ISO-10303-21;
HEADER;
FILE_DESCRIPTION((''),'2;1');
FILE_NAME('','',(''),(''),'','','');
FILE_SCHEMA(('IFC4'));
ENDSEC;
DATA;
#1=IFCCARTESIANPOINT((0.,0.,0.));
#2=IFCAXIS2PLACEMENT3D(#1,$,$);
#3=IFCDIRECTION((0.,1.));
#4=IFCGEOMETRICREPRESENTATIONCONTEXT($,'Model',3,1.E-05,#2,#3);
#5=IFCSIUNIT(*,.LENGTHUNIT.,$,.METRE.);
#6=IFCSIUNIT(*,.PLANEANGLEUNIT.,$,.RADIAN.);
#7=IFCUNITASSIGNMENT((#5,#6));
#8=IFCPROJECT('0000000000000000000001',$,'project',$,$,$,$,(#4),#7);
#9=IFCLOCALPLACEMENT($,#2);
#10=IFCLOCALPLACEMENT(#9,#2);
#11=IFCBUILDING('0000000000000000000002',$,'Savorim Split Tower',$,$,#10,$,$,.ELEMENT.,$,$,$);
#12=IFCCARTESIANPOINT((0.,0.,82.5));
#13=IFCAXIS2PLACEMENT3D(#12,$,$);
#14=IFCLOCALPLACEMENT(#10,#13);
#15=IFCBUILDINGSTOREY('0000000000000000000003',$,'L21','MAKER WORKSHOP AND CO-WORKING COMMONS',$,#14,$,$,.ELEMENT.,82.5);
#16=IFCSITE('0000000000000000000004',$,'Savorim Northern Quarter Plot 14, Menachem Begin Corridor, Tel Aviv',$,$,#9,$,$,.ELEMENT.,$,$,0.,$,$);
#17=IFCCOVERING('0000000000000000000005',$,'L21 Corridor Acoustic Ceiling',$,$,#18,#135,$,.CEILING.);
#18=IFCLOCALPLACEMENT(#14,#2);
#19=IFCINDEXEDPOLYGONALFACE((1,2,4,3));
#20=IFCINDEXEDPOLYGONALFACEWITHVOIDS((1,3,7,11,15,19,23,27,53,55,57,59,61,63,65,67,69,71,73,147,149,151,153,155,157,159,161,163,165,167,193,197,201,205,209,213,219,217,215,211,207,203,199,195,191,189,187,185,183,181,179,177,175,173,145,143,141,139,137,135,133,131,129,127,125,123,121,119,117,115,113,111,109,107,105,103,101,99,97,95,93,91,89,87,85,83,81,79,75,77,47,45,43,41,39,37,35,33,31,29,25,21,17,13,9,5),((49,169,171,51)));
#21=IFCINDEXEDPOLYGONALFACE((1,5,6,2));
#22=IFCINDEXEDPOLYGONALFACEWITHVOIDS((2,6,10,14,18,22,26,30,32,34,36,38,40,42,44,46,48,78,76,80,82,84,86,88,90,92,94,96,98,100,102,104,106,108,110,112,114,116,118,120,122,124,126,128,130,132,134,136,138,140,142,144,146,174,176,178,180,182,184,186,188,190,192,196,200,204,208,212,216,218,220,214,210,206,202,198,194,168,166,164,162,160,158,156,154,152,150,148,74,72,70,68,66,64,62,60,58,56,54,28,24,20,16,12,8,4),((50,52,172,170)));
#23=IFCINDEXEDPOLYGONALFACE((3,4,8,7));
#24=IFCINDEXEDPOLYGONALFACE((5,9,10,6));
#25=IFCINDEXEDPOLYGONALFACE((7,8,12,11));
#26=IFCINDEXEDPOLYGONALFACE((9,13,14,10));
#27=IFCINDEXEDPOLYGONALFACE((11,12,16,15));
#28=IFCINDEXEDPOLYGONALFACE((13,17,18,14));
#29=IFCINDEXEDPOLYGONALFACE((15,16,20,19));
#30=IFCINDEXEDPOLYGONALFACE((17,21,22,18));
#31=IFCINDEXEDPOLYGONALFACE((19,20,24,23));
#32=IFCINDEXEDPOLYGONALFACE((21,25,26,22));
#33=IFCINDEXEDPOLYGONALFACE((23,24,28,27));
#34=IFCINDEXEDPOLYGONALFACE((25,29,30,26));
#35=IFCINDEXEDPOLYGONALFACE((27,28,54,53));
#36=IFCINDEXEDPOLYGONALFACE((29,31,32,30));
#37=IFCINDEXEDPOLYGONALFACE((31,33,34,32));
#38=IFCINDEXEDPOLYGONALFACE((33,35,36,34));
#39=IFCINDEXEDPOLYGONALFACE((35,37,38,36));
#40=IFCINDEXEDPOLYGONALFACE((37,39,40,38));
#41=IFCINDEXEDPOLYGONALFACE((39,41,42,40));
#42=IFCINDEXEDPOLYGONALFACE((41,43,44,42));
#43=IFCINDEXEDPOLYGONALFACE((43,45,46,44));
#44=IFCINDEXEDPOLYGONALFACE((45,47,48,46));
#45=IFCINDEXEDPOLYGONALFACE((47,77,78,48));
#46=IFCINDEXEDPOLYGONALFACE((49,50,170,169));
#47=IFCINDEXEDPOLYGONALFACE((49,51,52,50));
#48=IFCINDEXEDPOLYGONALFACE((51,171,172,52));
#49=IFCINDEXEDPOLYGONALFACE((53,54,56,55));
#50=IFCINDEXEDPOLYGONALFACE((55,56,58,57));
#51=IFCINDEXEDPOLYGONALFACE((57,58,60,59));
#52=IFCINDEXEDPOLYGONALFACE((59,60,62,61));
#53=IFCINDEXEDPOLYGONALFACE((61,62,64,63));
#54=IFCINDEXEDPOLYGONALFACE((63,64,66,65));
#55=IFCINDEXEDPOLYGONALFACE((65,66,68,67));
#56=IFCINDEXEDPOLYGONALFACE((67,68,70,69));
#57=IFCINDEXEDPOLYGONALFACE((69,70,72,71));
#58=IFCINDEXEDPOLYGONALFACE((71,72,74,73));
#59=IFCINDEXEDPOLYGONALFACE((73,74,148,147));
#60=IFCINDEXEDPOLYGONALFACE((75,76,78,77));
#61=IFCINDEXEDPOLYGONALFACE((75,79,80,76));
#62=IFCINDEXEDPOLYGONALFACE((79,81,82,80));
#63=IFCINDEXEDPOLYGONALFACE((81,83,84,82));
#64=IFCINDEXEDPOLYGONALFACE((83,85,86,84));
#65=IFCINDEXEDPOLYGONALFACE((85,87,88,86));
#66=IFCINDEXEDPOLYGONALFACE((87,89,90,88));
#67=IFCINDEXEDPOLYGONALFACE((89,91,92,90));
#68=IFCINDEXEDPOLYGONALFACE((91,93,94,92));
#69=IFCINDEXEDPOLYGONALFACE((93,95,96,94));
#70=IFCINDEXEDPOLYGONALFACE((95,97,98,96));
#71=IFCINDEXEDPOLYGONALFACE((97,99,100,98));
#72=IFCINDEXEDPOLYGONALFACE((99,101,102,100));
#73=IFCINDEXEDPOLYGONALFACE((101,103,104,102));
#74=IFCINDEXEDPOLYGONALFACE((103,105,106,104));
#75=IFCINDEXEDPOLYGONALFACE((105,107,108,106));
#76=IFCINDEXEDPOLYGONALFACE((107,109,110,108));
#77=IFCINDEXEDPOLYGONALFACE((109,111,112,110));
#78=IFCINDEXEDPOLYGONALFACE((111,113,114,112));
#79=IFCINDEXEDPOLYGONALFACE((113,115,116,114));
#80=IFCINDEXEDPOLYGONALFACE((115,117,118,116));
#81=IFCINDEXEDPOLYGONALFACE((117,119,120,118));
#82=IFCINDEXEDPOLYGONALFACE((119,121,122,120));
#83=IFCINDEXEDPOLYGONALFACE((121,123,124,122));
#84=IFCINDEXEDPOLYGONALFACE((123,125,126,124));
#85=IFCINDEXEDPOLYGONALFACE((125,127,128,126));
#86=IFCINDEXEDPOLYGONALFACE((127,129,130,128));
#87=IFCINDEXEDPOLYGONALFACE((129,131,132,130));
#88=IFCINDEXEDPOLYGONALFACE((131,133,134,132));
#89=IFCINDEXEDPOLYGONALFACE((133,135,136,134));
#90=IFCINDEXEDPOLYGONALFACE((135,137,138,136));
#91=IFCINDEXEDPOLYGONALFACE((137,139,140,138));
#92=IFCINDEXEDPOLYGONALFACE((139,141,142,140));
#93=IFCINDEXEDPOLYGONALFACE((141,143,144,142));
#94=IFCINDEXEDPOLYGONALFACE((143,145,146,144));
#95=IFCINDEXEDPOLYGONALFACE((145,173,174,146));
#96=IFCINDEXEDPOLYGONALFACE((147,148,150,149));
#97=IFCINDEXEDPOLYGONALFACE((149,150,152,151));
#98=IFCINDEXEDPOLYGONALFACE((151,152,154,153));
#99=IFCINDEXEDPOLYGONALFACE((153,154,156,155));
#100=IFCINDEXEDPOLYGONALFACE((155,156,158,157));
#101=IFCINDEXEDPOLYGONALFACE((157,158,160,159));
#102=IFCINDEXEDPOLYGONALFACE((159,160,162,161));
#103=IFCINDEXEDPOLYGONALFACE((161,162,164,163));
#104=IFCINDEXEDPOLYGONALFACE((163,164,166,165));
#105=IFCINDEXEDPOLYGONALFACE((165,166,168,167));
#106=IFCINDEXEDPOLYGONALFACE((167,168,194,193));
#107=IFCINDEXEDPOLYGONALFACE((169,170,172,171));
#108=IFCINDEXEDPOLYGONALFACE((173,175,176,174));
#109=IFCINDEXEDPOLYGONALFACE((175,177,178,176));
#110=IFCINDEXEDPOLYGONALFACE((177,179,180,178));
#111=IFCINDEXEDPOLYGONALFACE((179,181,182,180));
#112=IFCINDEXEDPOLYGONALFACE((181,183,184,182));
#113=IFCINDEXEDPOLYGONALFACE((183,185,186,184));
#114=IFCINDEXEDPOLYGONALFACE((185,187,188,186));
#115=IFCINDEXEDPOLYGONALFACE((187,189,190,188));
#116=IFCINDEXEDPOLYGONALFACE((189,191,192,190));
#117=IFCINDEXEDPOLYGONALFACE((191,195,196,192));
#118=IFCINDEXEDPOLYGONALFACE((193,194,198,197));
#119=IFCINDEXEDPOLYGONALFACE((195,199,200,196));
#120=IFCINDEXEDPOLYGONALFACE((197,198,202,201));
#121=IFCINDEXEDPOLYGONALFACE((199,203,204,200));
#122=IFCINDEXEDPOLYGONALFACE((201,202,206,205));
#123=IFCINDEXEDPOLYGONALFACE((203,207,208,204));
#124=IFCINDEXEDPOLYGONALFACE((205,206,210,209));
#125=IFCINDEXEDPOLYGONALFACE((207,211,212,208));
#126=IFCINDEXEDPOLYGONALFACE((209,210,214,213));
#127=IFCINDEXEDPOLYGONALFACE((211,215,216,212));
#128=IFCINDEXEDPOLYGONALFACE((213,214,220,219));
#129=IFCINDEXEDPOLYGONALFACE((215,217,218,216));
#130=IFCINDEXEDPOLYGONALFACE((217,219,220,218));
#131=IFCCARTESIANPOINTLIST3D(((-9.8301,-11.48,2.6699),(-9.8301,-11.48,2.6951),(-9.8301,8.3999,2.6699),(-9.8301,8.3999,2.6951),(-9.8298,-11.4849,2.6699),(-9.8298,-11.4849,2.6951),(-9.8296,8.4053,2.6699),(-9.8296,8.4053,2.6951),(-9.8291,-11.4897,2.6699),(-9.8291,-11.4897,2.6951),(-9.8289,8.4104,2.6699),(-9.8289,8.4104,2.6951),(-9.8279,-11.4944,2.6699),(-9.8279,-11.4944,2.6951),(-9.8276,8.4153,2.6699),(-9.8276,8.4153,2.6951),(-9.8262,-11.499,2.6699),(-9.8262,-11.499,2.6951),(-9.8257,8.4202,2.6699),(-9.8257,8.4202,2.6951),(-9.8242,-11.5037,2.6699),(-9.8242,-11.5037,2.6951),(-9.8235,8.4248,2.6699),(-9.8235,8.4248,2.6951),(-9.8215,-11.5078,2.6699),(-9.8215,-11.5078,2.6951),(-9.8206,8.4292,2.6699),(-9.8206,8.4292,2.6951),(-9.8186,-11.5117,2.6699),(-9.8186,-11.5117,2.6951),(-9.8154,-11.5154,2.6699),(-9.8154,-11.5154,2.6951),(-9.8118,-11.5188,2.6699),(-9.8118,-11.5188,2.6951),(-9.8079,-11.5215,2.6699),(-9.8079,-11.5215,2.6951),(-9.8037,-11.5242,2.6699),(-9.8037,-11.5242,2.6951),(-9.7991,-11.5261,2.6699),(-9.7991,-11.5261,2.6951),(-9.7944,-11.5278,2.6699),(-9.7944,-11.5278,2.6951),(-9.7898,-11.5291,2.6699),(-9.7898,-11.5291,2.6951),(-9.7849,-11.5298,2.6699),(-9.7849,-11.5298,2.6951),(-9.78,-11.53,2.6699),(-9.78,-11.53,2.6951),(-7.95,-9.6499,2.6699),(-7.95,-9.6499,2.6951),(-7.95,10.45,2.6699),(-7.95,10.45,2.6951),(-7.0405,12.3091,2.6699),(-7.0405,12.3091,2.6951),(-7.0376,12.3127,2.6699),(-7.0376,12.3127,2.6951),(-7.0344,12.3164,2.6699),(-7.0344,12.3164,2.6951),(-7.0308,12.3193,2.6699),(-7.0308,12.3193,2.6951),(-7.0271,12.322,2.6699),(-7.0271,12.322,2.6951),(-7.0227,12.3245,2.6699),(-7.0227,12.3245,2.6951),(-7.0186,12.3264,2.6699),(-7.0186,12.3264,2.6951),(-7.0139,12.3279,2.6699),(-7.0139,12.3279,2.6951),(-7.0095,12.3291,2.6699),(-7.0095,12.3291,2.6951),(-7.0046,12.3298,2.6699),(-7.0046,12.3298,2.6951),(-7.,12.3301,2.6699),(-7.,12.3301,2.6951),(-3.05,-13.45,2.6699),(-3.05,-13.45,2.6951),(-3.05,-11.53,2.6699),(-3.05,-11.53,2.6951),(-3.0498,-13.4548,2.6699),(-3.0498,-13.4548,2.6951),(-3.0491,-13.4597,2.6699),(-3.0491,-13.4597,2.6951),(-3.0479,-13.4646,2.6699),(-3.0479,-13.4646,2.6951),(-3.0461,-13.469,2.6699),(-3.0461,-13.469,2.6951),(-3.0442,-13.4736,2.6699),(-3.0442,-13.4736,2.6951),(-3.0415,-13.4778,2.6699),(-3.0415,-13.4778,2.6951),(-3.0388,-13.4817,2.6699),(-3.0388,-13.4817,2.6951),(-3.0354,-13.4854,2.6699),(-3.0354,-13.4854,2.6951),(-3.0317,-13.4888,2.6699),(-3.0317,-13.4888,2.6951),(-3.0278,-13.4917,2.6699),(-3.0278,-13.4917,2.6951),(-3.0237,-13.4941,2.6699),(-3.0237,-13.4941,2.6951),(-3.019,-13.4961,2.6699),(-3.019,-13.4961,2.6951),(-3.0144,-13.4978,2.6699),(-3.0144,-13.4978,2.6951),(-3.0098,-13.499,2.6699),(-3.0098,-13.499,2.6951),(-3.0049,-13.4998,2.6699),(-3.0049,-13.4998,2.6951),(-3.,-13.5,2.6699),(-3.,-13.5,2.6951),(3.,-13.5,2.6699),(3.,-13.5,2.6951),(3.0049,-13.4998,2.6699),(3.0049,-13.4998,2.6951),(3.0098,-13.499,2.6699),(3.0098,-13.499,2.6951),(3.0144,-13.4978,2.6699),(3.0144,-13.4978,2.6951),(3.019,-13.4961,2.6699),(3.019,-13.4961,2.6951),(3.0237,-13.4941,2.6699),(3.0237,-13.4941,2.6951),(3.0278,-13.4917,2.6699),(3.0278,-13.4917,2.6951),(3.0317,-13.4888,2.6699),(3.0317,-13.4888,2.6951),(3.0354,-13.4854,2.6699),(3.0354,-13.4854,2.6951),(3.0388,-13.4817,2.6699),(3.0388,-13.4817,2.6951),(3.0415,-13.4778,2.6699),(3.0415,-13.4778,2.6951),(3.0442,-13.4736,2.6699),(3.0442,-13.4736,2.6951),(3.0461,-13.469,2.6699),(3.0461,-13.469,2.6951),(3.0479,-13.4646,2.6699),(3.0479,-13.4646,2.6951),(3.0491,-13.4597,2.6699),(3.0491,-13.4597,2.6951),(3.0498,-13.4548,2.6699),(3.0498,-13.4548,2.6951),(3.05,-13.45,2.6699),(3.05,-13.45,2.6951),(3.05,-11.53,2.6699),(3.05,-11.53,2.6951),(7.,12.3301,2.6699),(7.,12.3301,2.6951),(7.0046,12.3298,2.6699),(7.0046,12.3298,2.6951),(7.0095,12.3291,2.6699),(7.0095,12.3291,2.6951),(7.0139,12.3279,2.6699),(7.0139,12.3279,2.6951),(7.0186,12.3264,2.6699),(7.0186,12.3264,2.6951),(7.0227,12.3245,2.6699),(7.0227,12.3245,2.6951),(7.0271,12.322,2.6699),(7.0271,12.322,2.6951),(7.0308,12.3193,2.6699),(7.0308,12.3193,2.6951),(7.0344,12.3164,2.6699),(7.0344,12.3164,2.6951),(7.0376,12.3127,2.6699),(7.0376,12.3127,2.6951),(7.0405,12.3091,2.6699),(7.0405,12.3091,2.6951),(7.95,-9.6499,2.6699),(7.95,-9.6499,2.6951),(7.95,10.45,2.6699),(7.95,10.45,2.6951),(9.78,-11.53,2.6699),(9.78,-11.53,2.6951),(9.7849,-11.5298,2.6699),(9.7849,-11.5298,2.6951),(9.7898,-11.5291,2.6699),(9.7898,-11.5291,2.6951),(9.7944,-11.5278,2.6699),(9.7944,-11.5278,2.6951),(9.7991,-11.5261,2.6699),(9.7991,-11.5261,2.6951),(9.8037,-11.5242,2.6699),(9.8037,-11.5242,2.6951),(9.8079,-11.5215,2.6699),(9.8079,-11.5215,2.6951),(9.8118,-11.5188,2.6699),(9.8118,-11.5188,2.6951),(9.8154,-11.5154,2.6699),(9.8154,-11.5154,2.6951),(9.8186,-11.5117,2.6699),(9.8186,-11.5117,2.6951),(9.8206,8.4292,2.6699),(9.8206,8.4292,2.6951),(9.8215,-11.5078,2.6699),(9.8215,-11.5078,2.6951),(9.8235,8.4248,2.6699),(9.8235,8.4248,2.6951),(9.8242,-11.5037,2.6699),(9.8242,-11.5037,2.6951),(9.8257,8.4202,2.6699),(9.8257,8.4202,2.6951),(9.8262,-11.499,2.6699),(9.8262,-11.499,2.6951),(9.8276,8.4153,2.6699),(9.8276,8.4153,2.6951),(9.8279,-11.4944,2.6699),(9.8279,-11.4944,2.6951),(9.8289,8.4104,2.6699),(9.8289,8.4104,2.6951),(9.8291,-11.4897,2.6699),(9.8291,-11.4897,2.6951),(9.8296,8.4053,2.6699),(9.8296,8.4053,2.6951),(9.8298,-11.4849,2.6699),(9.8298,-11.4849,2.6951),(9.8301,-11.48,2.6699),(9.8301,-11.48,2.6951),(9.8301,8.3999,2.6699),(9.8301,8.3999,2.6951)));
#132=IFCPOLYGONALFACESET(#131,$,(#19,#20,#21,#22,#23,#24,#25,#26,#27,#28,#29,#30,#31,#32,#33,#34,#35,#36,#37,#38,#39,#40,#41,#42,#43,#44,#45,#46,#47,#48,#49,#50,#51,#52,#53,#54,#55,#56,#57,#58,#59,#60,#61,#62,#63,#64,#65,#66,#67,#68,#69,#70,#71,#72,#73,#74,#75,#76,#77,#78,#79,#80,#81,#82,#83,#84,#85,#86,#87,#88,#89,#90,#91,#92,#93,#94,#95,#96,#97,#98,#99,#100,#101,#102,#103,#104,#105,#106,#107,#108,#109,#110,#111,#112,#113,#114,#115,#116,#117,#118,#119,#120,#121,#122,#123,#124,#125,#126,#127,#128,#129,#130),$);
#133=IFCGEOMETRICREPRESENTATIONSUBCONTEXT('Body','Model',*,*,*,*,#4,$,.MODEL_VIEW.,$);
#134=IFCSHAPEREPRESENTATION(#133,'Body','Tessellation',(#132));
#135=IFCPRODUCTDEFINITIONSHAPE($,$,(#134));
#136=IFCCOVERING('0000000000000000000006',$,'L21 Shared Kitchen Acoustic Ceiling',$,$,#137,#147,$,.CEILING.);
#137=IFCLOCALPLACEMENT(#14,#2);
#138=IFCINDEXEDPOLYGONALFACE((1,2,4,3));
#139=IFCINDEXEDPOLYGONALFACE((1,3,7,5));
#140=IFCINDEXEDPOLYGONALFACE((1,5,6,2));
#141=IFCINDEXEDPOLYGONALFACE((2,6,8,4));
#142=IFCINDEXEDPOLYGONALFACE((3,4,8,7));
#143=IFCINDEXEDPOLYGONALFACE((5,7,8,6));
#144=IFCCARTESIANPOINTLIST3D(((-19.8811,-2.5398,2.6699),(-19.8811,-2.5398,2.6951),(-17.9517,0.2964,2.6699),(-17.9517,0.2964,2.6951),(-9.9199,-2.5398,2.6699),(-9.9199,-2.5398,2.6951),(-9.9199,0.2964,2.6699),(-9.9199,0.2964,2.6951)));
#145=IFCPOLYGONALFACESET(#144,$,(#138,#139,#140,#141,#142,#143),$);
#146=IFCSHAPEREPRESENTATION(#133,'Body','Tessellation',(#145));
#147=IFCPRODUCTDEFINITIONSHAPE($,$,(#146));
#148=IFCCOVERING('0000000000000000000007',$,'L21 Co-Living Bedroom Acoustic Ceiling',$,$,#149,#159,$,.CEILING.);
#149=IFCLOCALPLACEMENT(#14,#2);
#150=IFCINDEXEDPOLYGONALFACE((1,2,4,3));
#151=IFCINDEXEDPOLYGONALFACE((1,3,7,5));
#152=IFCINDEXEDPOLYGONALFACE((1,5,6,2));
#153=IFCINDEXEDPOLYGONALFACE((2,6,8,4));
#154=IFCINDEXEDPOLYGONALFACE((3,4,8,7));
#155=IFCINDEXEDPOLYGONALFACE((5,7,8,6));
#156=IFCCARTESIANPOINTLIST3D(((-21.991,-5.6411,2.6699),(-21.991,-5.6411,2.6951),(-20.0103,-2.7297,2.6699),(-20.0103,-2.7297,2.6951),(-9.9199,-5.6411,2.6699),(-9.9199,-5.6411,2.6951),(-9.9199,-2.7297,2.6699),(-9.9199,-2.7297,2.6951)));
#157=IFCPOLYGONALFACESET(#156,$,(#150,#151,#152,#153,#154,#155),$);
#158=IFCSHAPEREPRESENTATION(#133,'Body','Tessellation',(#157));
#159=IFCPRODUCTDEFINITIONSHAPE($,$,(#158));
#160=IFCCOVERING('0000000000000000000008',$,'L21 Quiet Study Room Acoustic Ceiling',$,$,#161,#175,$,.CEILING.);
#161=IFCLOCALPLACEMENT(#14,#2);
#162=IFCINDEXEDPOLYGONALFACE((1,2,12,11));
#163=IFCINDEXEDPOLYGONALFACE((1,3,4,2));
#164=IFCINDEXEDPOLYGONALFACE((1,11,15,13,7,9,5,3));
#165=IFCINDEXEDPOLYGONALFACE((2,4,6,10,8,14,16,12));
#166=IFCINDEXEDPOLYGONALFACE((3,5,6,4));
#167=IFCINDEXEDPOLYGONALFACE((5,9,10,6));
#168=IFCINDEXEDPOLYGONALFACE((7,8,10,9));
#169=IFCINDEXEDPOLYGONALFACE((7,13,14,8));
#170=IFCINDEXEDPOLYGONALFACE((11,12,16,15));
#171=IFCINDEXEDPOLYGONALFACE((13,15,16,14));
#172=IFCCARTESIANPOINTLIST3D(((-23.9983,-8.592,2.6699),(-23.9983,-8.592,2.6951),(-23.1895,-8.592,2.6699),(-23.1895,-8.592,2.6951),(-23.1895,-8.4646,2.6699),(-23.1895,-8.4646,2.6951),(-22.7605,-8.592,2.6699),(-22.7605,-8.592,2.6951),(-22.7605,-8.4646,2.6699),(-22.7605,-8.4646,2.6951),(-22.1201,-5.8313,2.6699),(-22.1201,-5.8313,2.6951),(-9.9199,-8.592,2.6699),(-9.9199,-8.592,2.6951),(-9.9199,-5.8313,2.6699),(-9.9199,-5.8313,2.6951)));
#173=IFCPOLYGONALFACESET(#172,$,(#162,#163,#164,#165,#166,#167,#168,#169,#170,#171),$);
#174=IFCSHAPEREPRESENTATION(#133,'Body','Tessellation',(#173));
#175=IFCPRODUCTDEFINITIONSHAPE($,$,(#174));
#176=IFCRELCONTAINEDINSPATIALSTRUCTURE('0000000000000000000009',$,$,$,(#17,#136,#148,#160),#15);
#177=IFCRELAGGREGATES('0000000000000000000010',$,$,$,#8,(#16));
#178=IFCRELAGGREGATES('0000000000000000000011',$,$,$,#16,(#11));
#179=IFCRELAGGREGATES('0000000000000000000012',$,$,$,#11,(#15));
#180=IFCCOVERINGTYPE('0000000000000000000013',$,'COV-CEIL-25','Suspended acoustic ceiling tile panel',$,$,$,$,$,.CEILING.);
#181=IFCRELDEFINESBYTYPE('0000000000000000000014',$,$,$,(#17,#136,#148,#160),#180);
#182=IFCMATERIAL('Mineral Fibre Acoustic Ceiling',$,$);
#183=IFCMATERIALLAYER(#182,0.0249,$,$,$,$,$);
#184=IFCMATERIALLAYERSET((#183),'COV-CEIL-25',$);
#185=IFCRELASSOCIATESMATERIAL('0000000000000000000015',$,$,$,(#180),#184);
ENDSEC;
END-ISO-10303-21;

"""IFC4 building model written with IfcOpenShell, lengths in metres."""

from ifc_helpers import new_model, si_unit, direction, frame, origin, place, context, subcontext, project, spatial, polyline, outline, extrude, material, layer, layer_set, type_object, element, save


model = new_model("IFC4")

# Units and contexts
model_context = context("Model", 3, precision=1e-05, world=origin(), true_north=direction((0.0, 1.0)))
body_context = subcontext(model_context, "Body", "Model", "MODEL_VIEW")
ifc_project = project(units=[si_unit("LENGTHUNIT", "METRE"), si_unit("PLANEANGLEUNIT", "RADIAN")], contexts=[model_context])

# Site, building, storey
site_placement = place(None, origin())
site = spatial("IfcSite", under=ifc_project, at=site_placement, Name="Savorim Northern Quarter Plot 14, Menachem Begin Corridor, Tel Aviv", CompositionType="ELEMENT", RefElevation=0.0)
building_placement = place(site_placement, origin())
building = spatial("IfcBuilding", under=site, at=building_placement, Name="Savorim Split Tower", CompositionType="ELEMENT")
storey_placement = place(building_placement, frame((0.0, 0.0, 82.5)))
storey = spatial("IfcBuildingStorey", under=building, at=storey_placement, Name="L21", Description="MAKER WORKSHOP AND CO-WORKING COMMONS", CompositionType="ELEMENT", Elevation=82.5)

# Coverings
ifc_material_1 = material(Name="Mineral Fibre Acoustic Ceiling")
ifc_layer_1 = layer(ifc_material_1, 0.0249)
ifc_layer_set_1 = layer_set([ifc_layer_1], Name="COV-CEIL-25")
covering_type_1 = type_object("IfcCoveringType", Name="COV-CEIL-25", Description="Suspended acoustic ceiling tile panel", PredefinedType="CEILING", material=ifc_layer_set_1)
covering_1_placement = place(storey_placement, frame((0.0, 0.0, 2.6699)))
element("IfcCovering", 1, at=covering_1_placement, inside=storey, type_object=covering_type_1, Name="L21 Corridor Acoustic Ceiling", PredefinedType="CEILING", context=body_context, shape_type="SweptSolid", body=[
    extrude(outline(polyline([(7.0095, 12.3291), (7.0046, 12.3298), (7.0, 12.3301), (-7.0, 12.3301), (-7.0046, 12.3298), (-7.0095, 12.3291), (-7.0139, 12.3279), (-7.0186, 12.3264), (-7.0227, 12.3245), (-7.0271, 12.322), (-7.0308, 12.3193), (-7.0344, 12.3164), (-7.0376, 12.3127), (-7.0405, 12.3091), (-9.8206, 8.4292), (-9.8235, 8.4248), (-9.8257, 8.4202), (-9.8276, 8.4153), (-9.8289, 8.4104), (-9.8296, 8.4053), (-9.8301, 8.3999), (-9.8301, -11.48), (-9.8298, -11.4849), (-9.8291, -11.4897), (-9.8279, -11.4944), (-9.8262, -11.499), (-9.8242, -11.5037), (-9.8215, -11.5078), (-9.8186, -11.5117), (-9.8154, -11.5154), (-9.8118, -11.5188), (-9.8079, -11.5215), (-9.8037, -11.5242), (-9.7991, -11.5261), (-9.7944, -11.5278), (-9.7898, -11.5291), (-9.7849, -11.5298), (-9.78, -11.53), (-3.05, -11.53), (-3.05, -13.45), (-3.0498, -13.4548), (-3.0491, -13.4597), (-3.0479, -13.4646), (-3.0461, -13.469), (-3.0442, -13.4736), (-3.0415, -13.4778), (-3.0388, -13.4817), (-3.0354, -13.4854), (-3.0317, -13.4888), (-3.0278, -13.4917), (-3.0237, -13.4941), (-3.019, -13.4961), (-3.0144, -13.4978), (-3.0098, -13.499), (-3.0049, -13.4998), (-3.0, -13.5), (3.0, -13.5), (3.0049, -13.4998), (3.0098, -13.499), (3.0144, -13.4978), (3.019, -13.4961), (3.0237, -13.4941), (3.0278, -13.4917), (3.0317, -13.4888), (3.0354, -13.4854), (3.0388, -13.4817), (3.0415, -13.4778), (3.0442, -13.4736), (3.0461, -13.469), (3.0479, -13.4646), (3.0491, -13.4597), (3.0498, -13.4548), (3.05, -13.45), (3.05, -11.53), (9.78, -11.53), (9.7849, -11.5298), (9.7898, -11.5291), (9.7944, -11.5278), (9.7991, -11.5261), (9.8037, -11.5242), (9.8079, -11.5215), (9.8118, -11.5188), (9.8154, -11.5154), (9.8186, -11.5117), (9.8215, -11.5078), (9.8242, -11.5037), (9.8262, -11.499), (9.8279, -11.4944), (9.8291, -11.4897), (9.8298, -11.4849), (9.8301, -11.48), (9.8301, 8.3999), (9.8296, 8.4053), (9.8289, 8.4104), (9.8276, 8.4153), (9.8257, 8.4202), (9.8235, 8.4248), (9.8206, 8.4292), (7.0405, 12.3091), (7.0376, 12.3127), (7.0344, 12.3164), (7.0308, 12.3193), (7.0271, 12.322), (7.0227, 12.3245), (7.0186, 12.3264), (7.0139, 12.3279), (7.0095, 12.3291)]), holes=[polyline([(-7.95, 10.45), (-7.95, -9.6499), (7.95, -9.6499), (7.95, 10.45), (-7.95, 10.45)])]), origin(), (0.0, 0.0, 1.0), 0.0251),
])
covering_2_placement = place(storey_placement, frame((0.0, 0.0, 2.6699)))
element("IfcCovering", 2, at=covering_2_placement, inside=storey, type_object=covering_type_1, Name="L21 Shared Kitchen Acoustic Ceiling", PredefinedType="CEILING", context=body_context, shape_type="SweptSolid", body=[
    extrude(outline(polyline([(-17.9517, 0.2964), (-19.8811, -2.5398), (-9.9199, -2.5398), (-9.9199, 0.2964), (-17.9517, 0.2964)])), origin(), (0.0, 0.0, 1.0), 0.0251),
])
covering_3_placement = place(storey_placement, frame((0.0, 0.0, 2.6699)))
element("IfcCovering", 3, at=covering_3_placement, inside=storey, type_object=covering_type_1, Name="L21 Co-Living Bedroom Acoustic Ceiling", PredefinedType="CEILING", context=body_context, shape_type="SweptSolid", body=[
    extrude(outline(polyline([(-20.0103, -2.7297), (-21.991, -5.6411), (-9.9199, -5.6411), (-9.9199, -2.7297), (-20.0103, -2.7297)])), origin(), (0.0, 0.0, 1.0), 0.0251),
])
covering_4_placement = place(storey_placement, frame((0.0, 0.0, 2.6699)))
element("IfcCovering", 4, at=covering_4_placement, inside=storey, type_object=covering_type_1, Name="L21 Quiet Study Room Acoustic Ceiling", PredefinedType="CEILING", context=body_context, shape_type="SweptSolid", body=[
    extrude(outline(polyline([(-22.7605, -8.4646), (-22.7605, -8.592), (-9.9199, -8.592), (-9.9199, -5.8313), (-22.1201, -5.8313), (-23.9983, -8.592), (-23.1895, -8.592), (-23.1895, -8.4646), (-22.7605, -8.4646)])), origin(), (0.0, 0.0, 1.0), 0.0251),
])

save(model, "model.ifc")
